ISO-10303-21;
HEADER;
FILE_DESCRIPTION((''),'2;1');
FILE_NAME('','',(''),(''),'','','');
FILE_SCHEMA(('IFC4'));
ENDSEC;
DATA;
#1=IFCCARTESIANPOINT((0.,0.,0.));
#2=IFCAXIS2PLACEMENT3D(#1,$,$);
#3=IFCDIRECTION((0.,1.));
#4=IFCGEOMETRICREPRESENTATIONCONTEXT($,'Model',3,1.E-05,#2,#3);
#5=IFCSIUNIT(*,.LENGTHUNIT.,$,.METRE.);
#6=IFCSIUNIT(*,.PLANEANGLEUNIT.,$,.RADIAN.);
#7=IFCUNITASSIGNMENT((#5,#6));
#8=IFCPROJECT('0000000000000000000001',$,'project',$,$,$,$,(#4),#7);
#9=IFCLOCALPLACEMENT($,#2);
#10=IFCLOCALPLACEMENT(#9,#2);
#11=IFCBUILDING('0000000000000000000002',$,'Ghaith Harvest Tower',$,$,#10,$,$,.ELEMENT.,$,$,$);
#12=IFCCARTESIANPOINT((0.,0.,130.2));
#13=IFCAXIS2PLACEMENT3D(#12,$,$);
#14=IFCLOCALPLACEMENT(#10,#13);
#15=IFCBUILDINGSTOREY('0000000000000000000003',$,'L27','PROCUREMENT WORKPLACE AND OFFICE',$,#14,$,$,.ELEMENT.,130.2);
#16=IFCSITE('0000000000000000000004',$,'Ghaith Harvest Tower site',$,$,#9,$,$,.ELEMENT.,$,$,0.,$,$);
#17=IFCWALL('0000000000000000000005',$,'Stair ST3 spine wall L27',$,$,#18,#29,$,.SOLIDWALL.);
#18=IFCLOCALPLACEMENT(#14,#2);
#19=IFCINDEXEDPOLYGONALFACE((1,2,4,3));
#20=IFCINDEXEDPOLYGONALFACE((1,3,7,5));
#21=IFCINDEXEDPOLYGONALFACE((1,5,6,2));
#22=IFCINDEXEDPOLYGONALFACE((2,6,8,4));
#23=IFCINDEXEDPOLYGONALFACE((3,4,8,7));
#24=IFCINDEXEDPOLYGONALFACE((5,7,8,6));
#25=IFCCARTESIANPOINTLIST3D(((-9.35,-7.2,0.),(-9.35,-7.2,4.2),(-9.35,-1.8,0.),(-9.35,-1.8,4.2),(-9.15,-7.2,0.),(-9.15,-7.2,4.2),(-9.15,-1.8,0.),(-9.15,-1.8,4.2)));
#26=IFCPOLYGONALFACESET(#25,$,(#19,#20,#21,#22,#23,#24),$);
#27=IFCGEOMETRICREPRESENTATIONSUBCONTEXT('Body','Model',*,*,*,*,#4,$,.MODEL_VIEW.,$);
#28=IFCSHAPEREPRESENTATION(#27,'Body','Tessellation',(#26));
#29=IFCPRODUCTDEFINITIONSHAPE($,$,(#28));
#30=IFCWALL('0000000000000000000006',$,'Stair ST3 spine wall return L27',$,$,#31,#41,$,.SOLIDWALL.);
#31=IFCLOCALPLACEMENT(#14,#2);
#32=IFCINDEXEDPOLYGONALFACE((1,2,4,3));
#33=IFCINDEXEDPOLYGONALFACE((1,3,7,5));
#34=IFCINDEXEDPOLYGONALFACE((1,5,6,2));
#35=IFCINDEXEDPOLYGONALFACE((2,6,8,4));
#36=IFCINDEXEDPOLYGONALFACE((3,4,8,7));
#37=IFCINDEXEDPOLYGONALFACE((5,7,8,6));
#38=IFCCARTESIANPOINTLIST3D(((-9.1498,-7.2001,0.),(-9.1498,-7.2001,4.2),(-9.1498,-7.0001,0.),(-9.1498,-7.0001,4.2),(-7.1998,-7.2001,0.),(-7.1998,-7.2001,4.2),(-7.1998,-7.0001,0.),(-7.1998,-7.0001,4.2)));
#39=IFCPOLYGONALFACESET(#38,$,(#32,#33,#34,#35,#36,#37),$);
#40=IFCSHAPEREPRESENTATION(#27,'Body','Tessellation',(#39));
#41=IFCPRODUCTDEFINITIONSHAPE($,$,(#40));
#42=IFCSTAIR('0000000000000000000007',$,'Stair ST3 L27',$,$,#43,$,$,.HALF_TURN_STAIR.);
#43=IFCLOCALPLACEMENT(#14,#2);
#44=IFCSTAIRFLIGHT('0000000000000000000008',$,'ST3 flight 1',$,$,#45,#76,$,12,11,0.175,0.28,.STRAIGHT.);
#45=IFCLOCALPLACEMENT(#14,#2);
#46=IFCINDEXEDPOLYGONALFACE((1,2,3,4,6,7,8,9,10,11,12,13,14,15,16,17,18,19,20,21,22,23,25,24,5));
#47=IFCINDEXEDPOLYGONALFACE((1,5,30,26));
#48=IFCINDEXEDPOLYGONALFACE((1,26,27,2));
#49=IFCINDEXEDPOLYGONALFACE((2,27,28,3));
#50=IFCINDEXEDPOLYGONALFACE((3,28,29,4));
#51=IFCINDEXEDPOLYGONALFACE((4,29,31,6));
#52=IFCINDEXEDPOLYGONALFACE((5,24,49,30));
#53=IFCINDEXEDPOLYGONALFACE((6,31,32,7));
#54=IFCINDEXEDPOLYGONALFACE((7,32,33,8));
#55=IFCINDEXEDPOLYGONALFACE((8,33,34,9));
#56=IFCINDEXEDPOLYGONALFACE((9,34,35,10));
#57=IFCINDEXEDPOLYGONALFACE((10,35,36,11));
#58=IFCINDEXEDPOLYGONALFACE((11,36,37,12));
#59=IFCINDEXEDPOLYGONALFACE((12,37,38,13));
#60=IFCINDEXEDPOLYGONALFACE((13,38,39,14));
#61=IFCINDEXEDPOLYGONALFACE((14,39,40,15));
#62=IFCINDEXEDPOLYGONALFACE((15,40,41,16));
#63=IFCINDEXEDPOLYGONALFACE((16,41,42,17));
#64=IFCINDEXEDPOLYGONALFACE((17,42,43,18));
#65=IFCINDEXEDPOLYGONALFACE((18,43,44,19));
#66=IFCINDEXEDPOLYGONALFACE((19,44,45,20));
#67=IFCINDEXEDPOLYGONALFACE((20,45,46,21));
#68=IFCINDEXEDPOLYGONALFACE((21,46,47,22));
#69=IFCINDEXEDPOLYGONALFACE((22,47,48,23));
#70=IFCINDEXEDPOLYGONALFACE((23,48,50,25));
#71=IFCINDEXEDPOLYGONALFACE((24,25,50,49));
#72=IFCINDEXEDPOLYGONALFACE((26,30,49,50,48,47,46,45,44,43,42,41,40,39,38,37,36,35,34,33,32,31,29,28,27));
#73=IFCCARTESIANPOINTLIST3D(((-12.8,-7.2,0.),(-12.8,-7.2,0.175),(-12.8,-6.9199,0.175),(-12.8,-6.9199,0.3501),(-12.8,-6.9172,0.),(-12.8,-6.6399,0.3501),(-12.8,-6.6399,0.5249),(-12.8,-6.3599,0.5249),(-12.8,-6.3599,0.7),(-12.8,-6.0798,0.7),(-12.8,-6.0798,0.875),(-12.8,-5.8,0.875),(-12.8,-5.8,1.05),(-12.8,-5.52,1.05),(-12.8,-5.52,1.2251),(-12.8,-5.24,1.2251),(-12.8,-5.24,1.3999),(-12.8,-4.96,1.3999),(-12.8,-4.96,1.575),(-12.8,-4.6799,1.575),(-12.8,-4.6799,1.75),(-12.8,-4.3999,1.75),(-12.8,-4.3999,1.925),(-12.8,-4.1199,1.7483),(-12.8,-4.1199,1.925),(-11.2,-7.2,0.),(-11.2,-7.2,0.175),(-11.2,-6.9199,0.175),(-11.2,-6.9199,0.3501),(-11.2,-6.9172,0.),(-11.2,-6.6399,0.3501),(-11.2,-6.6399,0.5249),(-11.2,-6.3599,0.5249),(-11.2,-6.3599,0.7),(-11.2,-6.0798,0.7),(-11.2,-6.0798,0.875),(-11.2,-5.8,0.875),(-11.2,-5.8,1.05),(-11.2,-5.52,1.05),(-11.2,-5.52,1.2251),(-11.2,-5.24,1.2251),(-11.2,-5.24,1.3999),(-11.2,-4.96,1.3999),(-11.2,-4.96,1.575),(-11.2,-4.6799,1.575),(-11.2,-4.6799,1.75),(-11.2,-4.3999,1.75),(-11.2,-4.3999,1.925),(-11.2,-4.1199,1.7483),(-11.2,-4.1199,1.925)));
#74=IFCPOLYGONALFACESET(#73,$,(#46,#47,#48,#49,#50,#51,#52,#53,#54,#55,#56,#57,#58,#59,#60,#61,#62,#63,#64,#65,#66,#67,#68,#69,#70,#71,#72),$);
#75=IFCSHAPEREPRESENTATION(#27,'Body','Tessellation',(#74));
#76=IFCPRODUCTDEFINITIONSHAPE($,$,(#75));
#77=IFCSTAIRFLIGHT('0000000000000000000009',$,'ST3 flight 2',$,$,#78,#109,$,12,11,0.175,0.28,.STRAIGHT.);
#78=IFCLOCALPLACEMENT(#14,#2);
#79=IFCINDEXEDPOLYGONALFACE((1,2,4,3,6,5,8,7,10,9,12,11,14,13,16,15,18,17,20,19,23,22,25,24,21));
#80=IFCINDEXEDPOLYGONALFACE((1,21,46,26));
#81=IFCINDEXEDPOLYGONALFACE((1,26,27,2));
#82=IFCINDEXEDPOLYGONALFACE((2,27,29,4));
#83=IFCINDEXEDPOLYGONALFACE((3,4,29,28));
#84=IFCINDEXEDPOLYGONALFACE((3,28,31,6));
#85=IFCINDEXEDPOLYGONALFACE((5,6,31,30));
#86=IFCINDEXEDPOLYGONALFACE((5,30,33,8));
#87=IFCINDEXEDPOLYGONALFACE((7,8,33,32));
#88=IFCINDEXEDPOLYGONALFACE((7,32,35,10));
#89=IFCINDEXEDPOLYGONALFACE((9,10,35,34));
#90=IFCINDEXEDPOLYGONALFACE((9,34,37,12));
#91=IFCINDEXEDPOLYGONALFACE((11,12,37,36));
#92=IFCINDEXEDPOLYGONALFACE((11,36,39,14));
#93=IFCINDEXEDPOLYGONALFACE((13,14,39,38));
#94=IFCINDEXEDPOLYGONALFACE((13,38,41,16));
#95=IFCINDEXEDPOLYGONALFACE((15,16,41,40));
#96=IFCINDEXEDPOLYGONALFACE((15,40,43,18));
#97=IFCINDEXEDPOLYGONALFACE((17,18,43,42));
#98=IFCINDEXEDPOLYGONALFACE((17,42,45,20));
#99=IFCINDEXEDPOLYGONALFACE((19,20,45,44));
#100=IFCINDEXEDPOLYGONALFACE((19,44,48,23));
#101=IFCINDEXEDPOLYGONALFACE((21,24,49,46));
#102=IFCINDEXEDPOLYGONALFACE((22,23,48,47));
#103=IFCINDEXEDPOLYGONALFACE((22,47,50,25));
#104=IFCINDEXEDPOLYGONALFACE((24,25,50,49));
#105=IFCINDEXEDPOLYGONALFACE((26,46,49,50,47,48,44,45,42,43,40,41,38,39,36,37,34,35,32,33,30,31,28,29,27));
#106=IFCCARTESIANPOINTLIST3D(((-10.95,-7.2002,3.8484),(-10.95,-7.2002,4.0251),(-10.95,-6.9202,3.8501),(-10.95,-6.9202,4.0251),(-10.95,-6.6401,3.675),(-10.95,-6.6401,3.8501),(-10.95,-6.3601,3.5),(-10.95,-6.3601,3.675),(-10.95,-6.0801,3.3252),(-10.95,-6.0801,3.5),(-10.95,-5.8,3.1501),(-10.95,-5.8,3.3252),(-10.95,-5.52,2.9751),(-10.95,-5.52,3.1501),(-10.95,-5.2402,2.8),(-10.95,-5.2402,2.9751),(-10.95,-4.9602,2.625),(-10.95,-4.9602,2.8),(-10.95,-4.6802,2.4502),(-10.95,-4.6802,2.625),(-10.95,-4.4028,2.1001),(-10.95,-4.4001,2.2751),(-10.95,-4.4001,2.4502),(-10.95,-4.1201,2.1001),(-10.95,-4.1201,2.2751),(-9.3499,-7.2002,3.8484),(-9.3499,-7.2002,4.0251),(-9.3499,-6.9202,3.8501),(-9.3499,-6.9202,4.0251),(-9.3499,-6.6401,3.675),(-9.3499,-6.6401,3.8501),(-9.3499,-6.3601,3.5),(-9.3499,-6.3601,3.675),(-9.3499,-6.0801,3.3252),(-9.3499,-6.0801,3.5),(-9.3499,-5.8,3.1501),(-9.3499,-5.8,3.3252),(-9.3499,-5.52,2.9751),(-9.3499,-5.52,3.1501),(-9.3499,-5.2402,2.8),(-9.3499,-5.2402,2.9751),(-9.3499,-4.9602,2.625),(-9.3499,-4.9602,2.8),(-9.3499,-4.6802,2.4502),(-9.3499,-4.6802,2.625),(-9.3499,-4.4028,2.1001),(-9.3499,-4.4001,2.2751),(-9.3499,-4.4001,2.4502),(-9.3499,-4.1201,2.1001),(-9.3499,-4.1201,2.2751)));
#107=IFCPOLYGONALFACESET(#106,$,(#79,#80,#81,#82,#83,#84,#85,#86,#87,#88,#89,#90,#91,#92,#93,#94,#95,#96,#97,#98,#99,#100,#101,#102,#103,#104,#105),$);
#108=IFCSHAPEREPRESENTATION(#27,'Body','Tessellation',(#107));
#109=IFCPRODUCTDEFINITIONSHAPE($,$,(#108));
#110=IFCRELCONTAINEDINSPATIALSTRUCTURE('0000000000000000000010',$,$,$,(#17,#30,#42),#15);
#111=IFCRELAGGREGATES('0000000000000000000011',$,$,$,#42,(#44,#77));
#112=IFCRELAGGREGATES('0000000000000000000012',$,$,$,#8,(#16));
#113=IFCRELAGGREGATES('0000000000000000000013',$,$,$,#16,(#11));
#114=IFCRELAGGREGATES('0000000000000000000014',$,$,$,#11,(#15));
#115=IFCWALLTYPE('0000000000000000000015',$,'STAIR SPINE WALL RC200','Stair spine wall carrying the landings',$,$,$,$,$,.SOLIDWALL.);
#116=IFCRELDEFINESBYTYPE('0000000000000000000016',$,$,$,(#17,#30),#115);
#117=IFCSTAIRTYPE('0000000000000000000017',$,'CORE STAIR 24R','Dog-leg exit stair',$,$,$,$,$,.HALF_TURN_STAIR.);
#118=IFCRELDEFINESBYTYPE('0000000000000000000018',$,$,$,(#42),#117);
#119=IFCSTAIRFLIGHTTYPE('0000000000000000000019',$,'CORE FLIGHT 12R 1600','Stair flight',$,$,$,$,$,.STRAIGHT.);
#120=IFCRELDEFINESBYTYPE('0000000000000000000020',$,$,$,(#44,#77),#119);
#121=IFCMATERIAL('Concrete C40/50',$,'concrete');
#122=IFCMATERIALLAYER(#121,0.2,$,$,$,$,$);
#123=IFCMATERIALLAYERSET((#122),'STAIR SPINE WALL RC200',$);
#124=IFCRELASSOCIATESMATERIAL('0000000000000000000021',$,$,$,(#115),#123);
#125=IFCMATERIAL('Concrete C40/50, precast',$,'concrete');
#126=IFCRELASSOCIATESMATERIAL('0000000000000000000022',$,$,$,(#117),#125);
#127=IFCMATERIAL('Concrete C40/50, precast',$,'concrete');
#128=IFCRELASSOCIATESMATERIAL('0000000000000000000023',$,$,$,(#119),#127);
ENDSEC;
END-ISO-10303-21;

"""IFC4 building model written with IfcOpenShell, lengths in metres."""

from ifc_helpers import new_model, si_unit, direction, frame, frame_2d, origin, place, context, subcontext, project, spatial, polyline, rectangle, outline, extrude, material, layer, layer_set, type_object, element, aggregate, save


model = new_model("IFC4")

# Units and contexts
model_context = context("Model", 3, precision=1e-05, world=origin(), true_north=direction((0.0, 1.0)))
body_context = subcontext(model_context, "Body", "Model", "MODEL_VIEW")
ifc_project = project(units=[si_unit("LENGTHUNIT", "METRE"), si_unit("PLANEANGLEUNIT", "RADIAN")], contexts=[model_context])

# Site, building, storey
site_placement = place(None, origin())
site = spatial("IfcSite", under=ifc_project, at=site_placement, Name="Ghaith Harvest Tower site", CompositionType="ELEMENT", RefElevation=0.0)
building_placement = place(site_placement, origin())
building = spatial("IfcBuilding", under=site, at=building_placement, Name="Ghaith Harvest Tower", CompositionType="ELEMENT")
storey_placement = place(building_placement, frame((0.0, 0.0, 130.2)))
storey = spatial("IfcBuildingStorey", under=building, at=storey_placement, Name="L27", Description="PROCUREMENT WORKPLACE AND OFFICE", CompositionType="ELEMENT", Elevation=130.2)

# Walls
ifc_material_1 = material(Name="Concrete C40/50", Category="concrete")
ifc_layer_1 = layer(ifc_material_1, 0.2)
ifc_layer_set_1 = layer_set([ifc_layer_1], Name="STAIR SPINE WALL RC200")
wall_type_1 = type_object("IfcWallType", Name="STAIR SPINE WALL RC200", Description="Stair spine wall carrying the landings", PredefinedType="SOLIDWALL", material=ifc_layer_set_1)
wall_1_placement = place(storey_placement, frame((-9.25, -7.2, 0.0), z_axis=(0.0, 0.0, 1.0), x_axis=(0.0, 1.0, 0.0)))
element("IfcWall", 1, at=wall_1_placement, inside=storey, type_object=wall_type_1, Name="Stair ST3 spine wall L27", PredefinedType="SOLIDWALL", context=body_context, shape_type="SweptSolid", body=[
    extrude(rectangle(XDim=5.3999, YDim=0.2, at=frame_2d((2.7, 0.0))), origin(), (0.0, 0.0, 1.0), 4.2),
])
wall_2_placement = place(storey_placement, frame((-9.1499, -7.1001, 0.0), z_axis=(0.0, 0.0, 1.0), x_axis=(1.0, 0.0, 0.0)))
element("IfcWall", 2, at=wall_2_placement, inside=storey, type_object=wall_type_1, Name="Stair ST3 spine wall return L27", PredefinedType="SOLIDWALL", context=body_context, shape_type="SweptSolid", body=[
    extrude(rectangle(XDim=1.95, YDim=0.2, at=frame_2d((0.9751, 0.0))), origin(), (0.0, 0.0, 1.0), 4.2),
])

# Stair, stair flights
ifc_material_2 = material(Name="Concrete C40/50, precast", Category="concrete")
stair_type = type_object("IfcStairType", Name="CORE STAIR 24R", Description="Dog-leg exit stair", PredefinedType="HALF_TURN_STAIR", material=ifc_material_2)
stair_placement = place(storey_placement, origin())
stair = element("IfcStair", 3, at=stair_placement, inside=storey, type_object=stair_type, Name="Stair ST3 L27", PredefinedType="HALF_TURN_STAIR")
ifc_material_3 = material(Name="Concrete C40/50, precast", Category="concrete")
stair_flight_type = type_object("IfcStairFlightType", Name="CORE FLIGHT 12R 1600", Description="Stair flight", PredefinedType="STRAIGHT", material=ifc_material_3)
stair_flight_1_placement = place(storey_placement, frame((-12.0, -7.2, 0.0), z_axis=(0.0, 0.0, 1.0), x_axis=(0.0, 1.0, 0.0)))
stair_flight_1 = element("IfcStairFlight", 4, at=stair_flight_1_placement, type_object=stair_flight_type, Name="ST3 flight 1", NumberOfRisers=12, NumberOfTreads=11, PredefinedType="STRAIGHT", RiserHeight=0.175, TreadLength=0.28, context=body_context, shape_type="SweptSolid", body=[
    extrude(outline(polyline([(0.0, 0.0), (0.0, 0.175), (0.28, 0.175), (0.28, 0.3501), (0.5601, 0.3501), (0.5601, 0.5249), (0.8401, 0.5249), (0.8401, 0.7), (1.1201, 0.7), (1.1201, 0.875), (1.3999, 0.875), (1.3999, 1.05), (1.6799, 1.05), (1.6799, 1.2251), (1.96, 1.2251), (1.96, 1.3999), (2.24, 1.3999), (2.24, 1.575), (2.52, 1.575), (2.52, 1.75), (2.8, 1.75), (2.8, 1.925), (3.0801, 1.925), (3.0801, 2.1001), (3.0801, 1.7483), (0.2827, 0.0), (0.0, 0.0)])), frame((0.0, 0.8, 0.0), z_axis=(0.0, -1.0, 0.0), x_axis=(1.0, 0.0, 0.0)), (0.0, 0.0, 1.0), 1.6001),
])
stair_flight_2_placement = place(storey_placement, frame((-10.1499, -4.1201, 2.1001), z_axis=(0.0, 0.0, 1.0), x_axis=(0.0, -1.0, 0.0)))
stair_flight_2 = element("IfcStairFlight", 5, at=stair_flight_2_placement, type_object=stair_flight_type, Name="ST3 flight 2", NumberOfRisers=12, NumberOfTreads=11, PredefinedType="STRAIGHT", RiserHeight=0.175, TreadLength=0.28, context=body_context, shape_type="SweptSolid", body=[
    extrude(outline(polyline([(0.0, 0.0), (0.0, 0.175), (0.28, 0.175), (0.28, 0.3501), (0.5601, 0.3501), (0.5601, 0.5249), (0.8401, 0.5249), (0.8401, 0.7), (1.1201, 0.7), (1.1201, 0.875), (1.3999, 0.875), (1.3999, 1.05), (1.6799, 1.05), (1.6799, 1.2251), (1.96, 1.2251), (1.96, 1.3999), (2.24, 1.3999), (2.24, 1.575), (2.52, 1.575), (2.52, 1.75), (2.8, 1.75), (2.8, 1.925), (3.0801, 1.925), (3.0801, 2.1001), (3.0801, 1.7483), (0.2827, 0.0), (0.0, 0.0)])), frame((0.0, 0.8, 0.0), z_axis=(0.0, -1.0, 0.0), x_axis=(1.0, 0.0, 0.0)), (0.0, 0.0, 1.0), 1.6001),
])
aggregate(stair, [stair_flight_1, stair_flight_2])

save(model, "model.ifc")
